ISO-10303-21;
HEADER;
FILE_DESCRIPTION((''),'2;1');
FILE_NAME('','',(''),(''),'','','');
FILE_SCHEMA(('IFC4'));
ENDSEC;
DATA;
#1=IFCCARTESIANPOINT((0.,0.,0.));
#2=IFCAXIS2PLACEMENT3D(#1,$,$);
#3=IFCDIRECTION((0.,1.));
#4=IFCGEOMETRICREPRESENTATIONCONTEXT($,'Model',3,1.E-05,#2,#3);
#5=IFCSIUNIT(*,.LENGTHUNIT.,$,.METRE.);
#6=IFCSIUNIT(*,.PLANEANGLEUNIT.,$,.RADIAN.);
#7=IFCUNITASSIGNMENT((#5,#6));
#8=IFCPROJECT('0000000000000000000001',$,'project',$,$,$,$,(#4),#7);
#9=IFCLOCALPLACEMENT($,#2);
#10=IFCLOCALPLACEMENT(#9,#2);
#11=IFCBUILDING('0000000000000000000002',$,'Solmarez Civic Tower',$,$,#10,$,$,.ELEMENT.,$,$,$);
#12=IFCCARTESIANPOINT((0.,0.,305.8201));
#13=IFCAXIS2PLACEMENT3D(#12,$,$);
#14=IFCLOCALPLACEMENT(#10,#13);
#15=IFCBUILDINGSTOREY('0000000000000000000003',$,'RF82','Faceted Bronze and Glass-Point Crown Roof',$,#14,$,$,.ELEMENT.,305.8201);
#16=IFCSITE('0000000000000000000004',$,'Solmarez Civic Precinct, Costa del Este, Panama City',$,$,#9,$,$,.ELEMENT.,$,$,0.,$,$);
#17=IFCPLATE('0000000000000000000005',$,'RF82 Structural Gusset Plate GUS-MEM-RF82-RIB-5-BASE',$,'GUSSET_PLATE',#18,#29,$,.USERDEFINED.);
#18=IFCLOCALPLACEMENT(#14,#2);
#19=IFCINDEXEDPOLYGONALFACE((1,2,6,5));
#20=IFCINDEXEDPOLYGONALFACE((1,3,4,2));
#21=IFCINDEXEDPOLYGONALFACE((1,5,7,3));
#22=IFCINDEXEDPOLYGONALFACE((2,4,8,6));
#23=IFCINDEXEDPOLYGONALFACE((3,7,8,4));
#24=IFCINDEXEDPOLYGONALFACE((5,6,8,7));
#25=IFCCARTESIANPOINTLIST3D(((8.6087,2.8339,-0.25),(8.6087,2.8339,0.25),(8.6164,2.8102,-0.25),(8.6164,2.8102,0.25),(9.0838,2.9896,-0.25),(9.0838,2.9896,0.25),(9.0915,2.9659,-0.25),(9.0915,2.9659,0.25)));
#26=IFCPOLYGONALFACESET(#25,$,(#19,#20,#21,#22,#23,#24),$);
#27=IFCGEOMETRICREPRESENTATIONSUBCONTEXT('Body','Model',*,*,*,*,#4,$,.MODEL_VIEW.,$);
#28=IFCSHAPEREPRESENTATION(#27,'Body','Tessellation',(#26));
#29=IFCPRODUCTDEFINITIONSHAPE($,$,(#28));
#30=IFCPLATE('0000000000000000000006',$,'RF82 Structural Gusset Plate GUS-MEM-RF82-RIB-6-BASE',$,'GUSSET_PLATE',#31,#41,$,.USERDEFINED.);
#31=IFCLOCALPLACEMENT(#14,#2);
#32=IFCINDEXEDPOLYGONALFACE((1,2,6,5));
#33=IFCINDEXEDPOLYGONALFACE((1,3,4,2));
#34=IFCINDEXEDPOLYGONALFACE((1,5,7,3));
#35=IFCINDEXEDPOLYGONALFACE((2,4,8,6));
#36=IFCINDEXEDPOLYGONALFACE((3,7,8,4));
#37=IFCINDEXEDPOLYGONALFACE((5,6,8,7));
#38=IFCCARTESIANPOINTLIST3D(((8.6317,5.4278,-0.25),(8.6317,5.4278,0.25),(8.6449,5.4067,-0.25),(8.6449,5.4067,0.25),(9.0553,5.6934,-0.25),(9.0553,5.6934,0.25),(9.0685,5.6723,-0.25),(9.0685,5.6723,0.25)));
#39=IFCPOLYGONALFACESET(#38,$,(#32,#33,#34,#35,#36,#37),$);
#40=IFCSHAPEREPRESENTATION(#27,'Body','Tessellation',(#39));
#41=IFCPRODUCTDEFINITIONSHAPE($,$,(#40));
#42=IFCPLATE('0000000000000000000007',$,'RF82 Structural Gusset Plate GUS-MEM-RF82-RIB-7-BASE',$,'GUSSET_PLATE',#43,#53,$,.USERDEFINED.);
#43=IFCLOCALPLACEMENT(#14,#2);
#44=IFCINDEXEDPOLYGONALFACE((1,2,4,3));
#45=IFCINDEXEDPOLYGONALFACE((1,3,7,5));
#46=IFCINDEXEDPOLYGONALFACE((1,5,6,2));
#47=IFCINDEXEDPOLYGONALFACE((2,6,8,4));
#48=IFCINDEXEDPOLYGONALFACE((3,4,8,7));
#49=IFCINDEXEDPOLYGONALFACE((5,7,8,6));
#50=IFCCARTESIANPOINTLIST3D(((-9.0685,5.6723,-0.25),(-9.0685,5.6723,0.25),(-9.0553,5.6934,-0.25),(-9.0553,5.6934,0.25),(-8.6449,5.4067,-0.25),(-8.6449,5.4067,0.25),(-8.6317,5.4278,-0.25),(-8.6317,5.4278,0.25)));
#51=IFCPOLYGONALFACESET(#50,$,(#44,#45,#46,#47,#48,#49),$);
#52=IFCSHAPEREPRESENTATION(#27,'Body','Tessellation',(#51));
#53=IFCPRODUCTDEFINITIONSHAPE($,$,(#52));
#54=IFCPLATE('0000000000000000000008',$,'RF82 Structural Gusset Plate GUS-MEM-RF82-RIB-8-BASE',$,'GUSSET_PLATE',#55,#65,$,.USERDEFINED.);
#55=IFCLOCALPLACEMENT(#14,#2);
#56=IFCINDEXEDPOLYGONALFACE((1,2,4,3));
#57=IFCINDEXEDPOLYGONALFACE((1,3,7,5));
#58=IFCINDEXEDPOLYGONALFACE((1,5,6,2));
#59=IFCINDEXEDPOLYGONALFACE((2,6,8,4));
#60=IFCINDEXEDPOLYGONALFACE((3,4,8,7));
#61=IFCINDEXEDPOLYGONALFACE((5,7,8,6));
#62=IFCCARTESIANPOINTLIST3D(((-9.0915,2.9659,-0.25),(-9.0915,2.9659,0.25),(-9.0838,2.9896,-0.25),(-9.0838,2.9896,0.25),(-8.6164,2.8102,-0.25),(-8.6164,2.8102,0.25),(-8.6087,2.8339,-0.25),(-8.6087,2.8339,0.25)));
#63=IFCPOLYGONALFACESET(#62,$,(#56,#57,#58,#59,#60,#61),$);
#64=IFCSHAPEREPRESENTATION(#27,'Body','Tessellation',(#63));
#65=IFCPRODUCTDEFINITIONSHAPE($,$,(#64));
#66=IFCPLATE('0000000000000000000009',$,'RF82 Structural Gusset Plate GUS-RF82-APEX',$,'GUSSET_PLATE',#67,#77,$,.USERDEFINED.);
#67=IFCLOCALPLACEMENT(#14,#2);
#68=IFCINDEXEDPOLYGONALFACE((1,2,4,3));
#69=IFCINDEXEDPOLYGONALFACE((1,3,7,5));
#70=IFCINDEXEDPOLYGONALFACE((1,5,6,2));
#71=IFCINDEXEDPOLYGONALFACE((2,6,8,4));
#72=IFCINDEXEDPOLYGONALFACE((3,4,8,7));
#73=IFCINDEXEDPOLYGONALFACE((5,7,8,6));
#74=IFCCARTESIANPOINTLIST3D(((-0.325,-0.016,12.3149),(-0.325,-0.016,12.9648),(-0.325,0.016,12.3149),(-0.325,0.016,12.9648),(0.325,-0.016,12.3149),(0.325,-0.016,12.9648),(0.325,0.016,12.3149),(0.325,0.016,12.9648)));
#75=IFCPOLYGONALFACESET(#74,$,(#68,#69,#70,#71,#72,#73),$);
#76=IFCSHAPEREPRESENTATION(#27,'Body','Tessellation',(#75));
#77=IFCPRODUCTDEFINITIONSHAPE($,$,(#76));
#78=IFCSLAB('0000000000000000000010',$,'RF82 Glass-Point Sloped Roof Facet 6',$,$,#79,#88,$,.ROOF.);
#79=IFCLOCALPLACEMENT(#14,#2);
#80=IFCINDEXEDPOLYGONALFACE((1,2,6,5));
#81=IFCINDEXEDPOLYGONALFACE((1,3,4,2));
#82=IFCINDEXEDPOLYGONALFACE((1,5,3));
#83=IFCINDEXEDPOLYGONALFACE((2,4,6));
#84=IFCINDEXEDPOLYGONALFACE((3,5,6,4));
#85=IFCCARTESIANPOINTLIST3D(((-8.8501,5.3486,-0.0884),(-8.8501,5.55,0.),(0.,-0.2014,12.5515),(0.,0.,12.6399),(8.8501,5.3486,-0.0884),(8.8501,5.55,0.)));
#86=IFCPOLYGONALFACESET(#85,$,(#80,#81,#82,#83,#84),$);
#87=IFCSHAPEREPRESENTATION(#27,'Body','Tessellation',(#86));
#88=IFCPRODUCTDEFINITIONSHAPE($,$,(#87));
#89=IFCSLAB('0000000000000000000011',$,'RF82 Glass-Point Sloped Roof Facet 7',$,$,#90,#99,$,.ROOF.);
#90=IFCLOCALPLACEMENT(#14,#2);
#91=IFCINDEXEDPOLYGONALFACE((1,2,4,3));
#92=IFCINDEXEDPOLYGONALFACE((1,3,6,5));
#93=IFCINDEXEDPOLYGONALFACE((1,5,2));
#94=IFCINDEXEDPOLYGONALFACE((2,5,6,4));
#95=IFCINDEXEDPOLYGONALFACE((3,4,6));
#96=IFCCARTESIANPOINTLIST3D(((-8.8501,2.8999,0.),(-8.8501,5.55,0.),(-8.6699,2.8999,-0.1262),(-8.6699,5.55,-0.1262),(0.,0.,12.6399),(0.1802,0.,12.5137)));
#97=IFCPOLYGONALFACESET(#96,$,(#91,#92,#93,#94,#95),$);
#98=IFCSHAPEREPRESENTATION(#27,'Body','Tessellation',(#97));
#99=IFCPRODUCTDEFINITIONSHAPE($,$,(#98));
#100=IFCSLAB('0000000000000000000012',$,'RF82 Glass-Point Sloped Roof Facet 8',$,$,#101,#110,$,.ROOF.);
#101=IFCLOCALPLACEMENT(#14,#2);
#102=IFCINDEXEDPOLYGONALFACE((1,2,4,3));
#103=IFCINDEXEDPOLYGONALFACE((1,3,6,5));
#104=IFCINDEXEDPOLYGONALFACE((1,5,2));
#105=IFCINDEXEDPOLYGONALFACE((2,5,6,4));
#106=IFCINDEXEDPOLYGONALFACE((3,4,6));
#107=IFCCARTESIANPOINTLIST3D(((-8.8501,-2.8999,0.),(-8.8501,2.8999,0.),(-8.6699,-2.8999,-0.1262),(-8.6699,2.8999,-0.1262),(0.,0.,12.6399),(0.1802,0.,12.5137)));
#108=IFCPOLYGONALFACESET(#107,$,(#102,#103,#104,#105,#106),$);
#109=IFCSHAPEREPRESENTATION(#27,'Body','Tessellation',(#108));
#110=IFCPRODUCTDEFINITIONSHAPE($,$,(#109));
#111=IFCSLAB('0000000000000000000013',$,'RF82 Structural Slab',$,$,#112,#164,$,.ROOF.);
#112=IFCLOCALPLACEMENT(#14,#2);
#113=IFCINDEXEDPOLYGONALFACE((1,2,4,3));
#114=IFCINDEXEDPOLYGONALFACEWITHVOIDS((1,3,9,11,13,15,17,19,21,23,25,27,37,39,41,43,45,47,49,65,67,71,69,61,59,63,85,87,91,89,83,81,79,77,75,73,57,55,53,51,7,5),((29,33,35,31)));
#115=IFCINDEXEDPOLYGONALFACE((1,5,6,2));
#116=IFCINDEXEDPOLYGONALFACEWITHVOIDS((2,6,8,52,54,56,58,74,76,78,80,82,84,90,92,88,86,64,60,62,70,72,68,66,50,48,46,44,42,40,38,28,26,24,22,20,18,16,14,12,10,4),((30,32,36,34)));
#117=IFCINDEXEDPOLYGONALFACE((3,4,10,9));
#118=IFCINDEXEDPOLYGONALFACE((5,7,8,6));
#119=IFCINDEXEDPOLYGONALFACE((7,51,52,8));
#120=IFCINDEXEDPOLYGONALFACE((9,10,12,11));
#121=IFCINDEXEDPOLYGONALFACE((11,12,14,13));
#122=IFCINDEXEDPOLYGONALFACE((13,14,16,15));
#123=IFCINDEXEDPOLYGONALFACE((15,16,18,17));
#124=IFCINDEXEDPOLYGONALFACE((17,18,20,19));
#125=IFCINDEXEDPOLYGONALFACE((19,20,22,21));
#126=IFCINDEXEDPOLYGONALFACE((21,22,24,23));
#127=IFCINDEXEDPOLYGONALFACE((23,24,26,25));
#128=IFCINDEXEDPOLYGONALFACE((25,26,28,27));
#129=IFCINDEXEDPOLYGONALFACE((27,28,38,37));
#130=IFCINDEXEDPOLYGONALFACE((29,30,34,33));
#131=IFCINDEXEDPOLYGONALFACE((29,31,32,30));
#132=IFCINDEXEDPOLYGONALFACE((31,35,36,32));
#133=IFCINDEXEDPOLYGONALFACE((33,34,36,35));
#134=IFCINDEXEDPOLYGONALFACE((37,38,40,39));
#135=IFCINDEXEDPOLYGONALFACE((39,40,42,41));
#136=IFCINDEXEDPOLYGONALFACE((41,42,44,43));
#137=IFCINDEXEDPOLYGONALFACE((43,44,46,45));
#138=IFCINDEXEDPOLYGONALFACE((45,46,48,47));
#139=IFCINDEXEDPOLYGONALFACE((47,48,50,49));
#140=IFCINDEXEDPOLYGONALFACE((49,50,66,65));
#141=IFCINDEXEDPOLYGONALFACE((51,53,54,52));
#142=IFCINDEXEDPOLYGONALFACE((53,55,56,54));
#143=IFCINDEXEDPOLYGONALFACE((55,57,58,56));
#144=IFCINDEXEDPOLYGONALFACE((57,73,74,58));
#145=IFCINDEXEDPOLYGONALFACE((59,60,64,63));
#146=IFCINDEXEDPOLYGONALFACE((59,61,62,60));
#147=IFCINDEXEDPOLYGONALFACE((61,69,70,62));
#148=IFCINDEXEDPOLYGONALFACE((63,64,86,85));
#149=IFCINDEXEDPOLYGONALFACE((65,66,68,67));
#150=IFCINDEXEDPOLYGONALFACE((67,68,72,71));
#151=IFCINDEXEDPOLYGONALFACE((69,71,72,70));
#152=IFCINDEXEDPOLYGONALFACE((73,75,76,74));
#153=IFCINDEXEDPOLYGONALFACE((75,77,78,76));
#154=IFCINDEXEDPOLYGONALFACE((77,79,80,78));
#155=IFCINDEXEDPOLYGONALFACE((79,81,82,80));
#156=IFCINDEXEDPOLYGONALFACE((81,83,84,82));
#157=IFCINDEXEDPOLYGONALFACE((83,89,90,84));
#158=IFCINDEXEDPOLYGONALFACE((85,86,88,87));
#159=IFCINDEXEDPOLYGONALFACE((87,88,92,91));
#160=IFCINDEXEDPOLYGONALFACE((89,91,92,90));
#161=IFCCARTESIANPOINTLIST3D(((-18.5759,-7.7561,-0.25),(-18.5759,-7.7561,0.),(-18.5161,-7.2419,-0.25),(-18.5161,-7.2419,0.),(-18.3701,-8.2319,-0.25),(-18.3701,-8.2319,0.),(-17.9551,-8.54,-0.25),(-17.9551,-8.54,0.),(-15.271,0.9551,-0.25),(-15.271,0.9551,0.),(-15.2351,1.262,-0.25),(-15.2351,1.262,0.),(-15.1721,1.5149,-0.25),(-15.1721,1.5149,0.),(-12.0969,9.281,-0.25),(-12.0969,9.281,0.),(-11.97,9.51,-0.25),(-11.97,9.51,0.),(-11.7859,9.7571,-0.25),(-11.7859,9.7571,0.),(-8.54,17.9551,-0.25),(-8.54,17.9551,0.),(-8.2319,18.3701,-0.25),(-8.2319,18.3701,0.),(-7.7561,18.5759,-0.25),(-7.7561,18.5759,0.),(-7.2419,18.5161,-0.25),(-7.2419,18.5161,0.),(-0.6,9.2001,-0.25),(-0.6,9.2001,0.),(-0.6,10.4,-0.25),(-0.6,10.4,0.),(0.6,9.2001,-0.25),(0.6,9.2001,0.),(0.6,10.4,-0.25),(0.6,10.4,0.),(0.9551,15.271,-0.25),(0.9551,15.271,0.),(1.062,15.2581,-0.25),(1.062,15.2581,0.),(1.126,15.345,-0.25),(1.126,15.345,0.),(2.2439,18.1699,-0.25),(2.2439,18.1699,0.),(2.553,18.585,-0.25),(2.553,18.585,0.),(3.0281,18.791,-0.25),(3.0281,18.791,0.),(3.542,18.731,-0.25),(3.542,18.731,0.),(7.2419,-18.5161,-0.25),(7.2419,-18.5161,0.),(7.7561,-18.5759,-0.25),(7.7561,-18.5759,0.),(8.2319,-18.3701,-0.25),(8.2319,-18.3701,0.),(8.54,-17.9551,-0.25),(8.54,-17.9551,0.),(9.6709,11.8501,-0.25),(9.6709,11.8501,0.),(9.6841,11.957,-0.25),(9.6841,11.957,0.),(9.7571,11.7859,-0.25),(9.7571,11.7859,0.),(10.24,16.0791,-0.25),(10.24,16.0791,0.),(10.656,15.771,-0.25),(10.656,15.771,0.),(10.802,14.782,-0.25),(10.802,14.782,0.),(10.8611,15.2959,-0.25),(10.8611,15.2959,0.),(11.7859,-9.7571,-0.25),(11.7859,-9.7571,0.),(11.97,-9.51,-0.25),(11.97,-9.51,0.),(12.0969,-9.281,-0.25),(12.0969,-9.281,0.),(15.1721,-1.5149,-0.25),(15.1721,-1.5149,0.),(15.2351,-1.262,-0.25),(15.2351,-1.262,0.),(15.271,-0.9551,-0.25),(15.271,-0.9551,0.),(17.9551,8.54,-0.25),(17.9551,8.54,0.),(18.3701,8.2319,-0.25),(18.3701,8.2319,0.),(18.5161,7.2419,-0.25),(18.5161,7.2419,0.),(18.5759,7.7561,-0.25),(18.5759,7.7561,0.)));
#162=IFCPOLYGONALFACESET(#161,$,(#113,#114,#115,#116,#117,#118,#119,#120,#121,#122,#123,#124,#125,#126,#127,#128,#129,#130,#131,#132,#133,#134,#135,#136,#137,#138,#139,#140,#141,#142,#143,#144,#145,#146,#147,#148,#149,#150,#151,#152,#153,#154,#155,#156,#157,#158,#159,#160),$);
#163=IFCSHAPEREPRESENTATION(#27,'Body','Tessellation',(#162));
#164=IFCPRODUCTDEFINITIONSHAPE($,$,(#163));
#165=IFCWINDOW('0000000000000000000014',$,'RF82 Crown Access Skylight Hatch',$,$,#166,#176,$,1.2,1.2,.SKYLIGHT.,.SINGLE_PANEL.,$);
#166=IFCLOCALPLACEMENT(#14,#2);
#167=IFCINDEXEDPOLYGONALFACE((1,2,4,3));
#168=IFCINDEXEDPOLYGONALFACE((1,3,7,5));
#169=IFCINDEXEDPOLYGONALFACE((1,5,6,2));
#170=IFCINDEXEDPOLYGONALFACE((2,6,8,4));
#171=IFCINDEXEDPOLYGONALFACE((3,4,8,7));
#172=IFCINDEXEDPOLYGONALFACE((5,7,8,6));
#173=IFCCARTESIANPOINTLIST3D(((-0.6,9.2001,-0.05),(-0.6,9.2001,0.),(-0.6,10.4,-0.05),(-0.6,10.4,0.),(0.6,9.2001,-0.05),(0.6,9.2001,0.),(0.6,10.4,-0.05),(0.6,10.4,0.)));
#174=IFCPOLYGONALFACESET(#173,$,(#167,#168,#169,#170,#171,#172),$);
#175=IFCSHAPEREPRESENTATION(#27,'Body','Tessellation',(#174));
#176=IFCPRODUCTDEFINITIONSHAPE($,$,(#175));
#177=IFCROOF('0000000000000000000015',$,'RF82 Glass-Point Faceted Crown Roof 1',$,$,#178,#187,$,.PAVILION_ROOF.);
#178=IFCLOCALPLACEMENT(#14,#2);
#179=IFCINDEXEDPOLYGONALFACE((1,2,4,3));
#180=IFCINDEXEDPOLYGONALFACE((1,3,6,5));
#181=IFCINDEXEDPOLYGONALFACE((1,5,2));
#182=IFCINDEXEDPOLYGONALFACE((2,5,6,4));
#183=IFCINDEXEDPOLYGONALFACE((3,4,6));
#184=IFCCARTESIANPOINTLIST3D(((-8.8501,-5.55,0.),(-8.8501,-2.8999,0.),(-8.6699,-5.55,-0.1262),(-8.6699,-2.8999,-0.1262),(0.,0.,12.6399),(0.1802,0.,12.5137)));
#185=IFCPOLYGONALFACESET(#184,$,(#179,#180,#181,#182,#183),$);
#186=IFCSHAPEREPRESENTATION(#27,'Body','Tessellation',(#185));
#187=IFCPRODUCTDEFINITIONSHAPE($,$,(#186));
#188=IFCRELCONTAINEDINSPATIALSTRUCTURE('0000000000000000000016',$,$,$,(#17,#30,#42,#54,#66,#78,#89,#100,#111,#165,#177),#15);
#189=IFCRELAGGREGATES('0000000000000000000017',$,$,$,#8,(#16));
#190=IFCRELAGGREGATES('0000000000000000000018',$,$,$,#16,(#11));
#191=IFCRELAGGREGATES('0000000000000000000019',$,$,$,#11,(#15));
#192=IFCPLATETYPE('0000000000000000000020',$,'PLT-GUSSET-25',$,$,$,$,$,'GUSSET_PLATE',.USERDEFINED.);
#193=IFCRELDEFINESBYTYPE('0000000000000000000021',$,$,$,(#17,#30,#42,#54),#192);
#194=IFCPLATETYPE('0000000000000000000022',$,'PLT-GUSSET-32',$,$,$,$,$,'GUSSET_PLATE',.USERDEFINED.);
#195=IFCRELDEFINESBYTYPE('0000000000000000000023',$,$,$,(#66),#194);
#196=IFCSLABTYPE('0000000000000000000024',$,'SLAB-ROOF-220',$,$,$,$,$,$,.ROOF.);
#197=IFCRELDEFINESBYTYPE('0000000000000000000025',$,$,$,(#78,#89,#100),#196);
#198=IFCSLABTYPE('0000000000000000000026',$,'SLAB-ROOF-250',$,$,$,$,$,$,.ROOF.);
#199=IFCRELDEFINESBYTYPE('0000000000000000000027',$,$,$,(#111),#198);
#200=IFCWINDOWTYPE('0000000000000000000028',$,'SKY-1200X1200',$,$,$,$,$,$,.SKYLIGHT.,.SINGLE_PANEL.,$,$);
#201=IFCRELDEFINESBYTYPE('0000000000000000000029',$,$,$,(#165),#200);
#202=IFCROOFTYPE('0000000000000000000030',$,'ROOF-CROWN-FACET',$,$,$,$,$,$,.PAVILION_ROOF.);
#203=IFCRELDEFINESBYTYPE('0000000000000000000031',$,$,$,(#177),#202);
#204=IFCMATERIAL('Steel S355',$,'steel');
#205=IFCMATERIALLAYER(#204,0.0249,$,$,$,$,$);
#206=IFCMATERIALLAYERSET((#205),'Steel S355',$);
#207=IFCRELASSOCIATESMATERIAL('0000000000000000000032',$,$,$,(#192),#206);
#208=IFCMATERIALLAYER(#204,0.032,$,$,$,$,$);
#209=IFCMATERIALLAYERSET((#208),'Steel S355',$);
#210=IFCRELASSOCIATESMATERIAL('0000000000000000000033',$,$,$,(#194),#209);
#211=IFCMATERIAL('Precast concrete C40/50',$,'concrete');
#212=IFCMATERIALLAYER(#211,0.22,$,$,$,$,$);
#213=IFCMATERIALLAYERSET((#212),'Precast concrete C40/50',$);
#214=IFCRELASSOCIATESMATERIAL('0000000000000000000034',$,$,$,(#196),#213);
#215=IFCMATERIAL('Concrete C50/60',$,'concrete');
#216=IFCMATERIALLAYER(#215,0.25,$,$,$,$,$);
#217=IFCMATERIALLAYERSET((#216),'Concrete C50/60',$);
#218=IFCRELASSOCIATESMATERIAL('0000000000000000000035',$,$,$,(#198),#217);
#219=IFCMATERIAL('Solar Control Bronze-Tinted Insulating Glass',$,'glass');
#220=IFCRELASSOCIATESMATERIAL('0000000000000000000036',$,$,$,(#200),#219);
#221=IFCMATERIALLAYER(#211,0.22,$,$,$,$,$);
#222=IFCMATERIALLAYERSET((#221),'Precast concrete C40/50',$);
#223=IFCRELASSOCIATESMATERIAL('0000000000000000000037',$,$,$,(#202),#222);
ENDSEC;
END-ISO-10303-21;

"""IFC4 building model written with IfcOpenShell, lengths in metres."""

from ifc_helpers import new_model, si_unit, direction, frame, origin, origin_2d, place, context, subcontext, project, spatial, polyline, rectangle, outline, extrude, material, layer, layer_set, type_object, element, fill, save


model = new_model("IFC4")

# Units and contexts
model_context = context("Model", 3, precision=1e-05, world=origin(), true_north=direction((0.0, 1.0)))
body_context = subcontext(model_context, "Body", "Model", "MODEL_VIEW")
ifc_project = project(units=[si_unit("LENGTHUNIT", "METRE"), si_unit("PLANEANGLEUNIT", "RADIAN")], contexts=[model_context])

# Site, building, storey
site_placement = place(None, origin())
site = spatial("IfcSite", under=ifc_project, at=site_placement, Name="Solmarez Civic Precinct, Costa del Este, Panama City", CompositionType="ELEMENT", RefElevation=0.0)
building_placement = place(site_placement, origin())
building = spatial("IfcBuilding", under=site, at=building_placement, Name="Solmarez Civic Tower", CompositionType="ELEMENT")
storey_placement = place(building_placement, frame((0.0, 0.0, 305.8201)))
storey = spatial("IfcBuildingStorey", under=building, at=storey_placement, Name="RF82", Description="Faceted Bronze and Glass-Point Crown Roof", CompositionType="ELEMENT", Elevation=305.8201)

# Shared definitions
ifc_material_1 = material(Name="Steel S355", Category="steel")

# Plates
ifc_layer_1 = layer(ifc_material_1, 0.0249)
ifc_layer_set_1 = layer_set([ifc_layer_1], Name="Steel S355")
plate_type_1 = type_object("IfcPlateType", Name="PLT-GUSSET-25", ElementType="GUSSET_PLATE", PredefinedType="USERDEFINED", material=ifc_layer_set_1)
for number, where, z_axis, x_axis, name in (
    (1, (8.8501, 2.8999, -0.25), (0.0, 0.0, 1.0), (-0.950282, -0.311392, 0.0), "RF82 Structural Gusset Plate GUS-MEM-RF82-RIB-5-BASE"),
    (2, (8.8501, 5.55, -0.25), (0.0, 0.0, 1.0), (-0.847191, -0.531289, 0.0), "RF82 Structural Gusset Plate GUS-MEM-RF82-RIB-6-BASE"),
    (3, (-8.8501, 5.55, -0.25), (0.0, 0.0, 1.0), (0.847191, -0.531289, 0.0), "RF82 Structural Gusset Plate GUS-MEM-RF82-RIB-7-BASE"),
    (4, (-8.8501, 2.8999, -0.25), (0.0, 0.0, 1.0), (0.950282, -0.311392, 0.0), "RF82 Structural Gusset Plate GUS-MEM-RF82-RIB-8-BASE"),
):
    element("IfcPlate", number, at=place(storey_placement, frame(where, z_axis=z_axis, x_axis=x_axis)), inside=storey, type_object=plate_type_1, Name=name, ObjectType="GUSSET_PLATE", PredefinedType="USERDEFINED", context=body_context, shape_type="SweptSolid", body=[
        extrude(rectangle(XDim=0.5, YDim=0.0249, at=origin_2d()), origin(), (0.0, 0.0, 1.0), 0.5),
    ])
ifc_layer_2 = layer(ifc_material_1, 0.032)
ifc_layer_set_2 = layer_set([ifc_layer_2], Name="Steel S355")
plate_type_2 = type_object("IfcPlateType", Name="PLT-GUSSET-32", ElementType="GUSSET_PLATE", PredefinedType="USERDEFINED", material=ifc_layer_set_2)
plate_1_placement = place(storey_placement, frame((0.0, 0.0, 12.3149), z_axis=(0.0, 0.0, 1.0), x_axis=(1.0, 0.0, 0.0)))
element("IfcPlate", 5, at=plate_1_placement, inside=storey, type_object=plate_type_2, Name="RF82 Structural Gusset Plate GUS-RF82-APEX", ObjectType="GUSSET_PLATE", PredefinedType="USERDEFINED", context=body_context, shape_type="SweptSolid", body=[
    extrude(rectangle(XDim=0.6499, YDim=0.032, at=origin_2d()), origin(), (0.0, 0.0, 1.0), 0.6499),
])

# Slabs
ifc_material_2 = material(Name="Precast concrete C40/50", Category="concrete")
ifc_layer_3 = layer(ifc_material_2, 0.22)
ifc_layer_set_3 = layer_set([ifc_layer_3], Name="Precast concrete C40/50")
slab_type_1 = type_object("IfcSlabType", Name="SLAB-ROOF-220", PredefinedType="ROOF", material=ifc_layer_set_3)
slab_1_placement = place(storey_placement, frame((8.8501, 5.55, 0.0), z_axis=(0.0, 0.915622, 0.40204), x_axis=(-1.0, 0.0, 0.0)))
element("IfcSlab", 6, at=slab_1_placement, inside=storey, type_object=slab_type_1, Name="RF82 Glass-Point Sloped Roof Facet 6", PredefinedType="ROOF", context=body_context, shape_type="SweptSolid", body=[
    extrude(outline(polyline([(0.0, 0.0), (17.7002, 0.0), (8.8501, 13.8047), (0.0, 0.0)])), origin(), (0.0, 0.0, -1.0), 0.22),
])
slab_2_placement = place(storey_placement, frame((-8.8501, 5.55, 0.0), z_axis=(-0.819166, 0.0, 0.573557), x_axis=(0.0, -1.0, 0.0)))
element("IfcSlab", 7, at=slab_2_placement, inside=storey, type_object=slab_type_1, Name="RF82 Glass-Point Sloped Roof Facet 7", PredefinedType="ROOF", context=body_context, shape_type="SweptSolid", body=[
    extrude(outline(polyline([(0.0, 0.0), (2.6501, 0.0), (5.55, 15.4302), (0.0, 0.0)])), origin(), (0.0, 0.0, -1.0), 0.22),
])
slab_3_placement = place(storey_placement, frame((-8.8501, 2.8999, 0.0), z_axis=(-0.819166, 0.0, 0.573557), x_axis=(0.0, -1.0, 0.0)))
element("IfcSlab", 8, at=slab_3_placement, inside=storey, type_object=slab_type_1, Name="RF82 Glass-Point Sloped Roof Facet 8", PredefinedType="ROOF", context=body_context, shape_type="SweptSolid", body=[
    extrude(outline(polyline([(0.0, 0.0), (5.7998, 0.0), (2.8999, 15.4302), (0.0, 0.0)])), origin(), (0.0, 0.0, -1.0), 0.22),
])

# Slab, opening, window
ifc_material_3 = material(Name="Concrete C50/60", Category="concrete")
ifc_layer_4 = layer(ifc_material_3, 0.25)
ifc_layer_set_4 = layer_set([ifc_layer_4], Name="Concrete C50/60")
slab_type_2 = type_object("IfcSlabType", Name="SLAB-ROOF-250", PredefinedType="ROOF", material=ifc_layer_set_4)
slab_4_placement = place(storey_placement, frame((0.0, 0.0, -0.25)))
slab_4 = element("IfcSlab", 9, at=slab_4_placement, inside=storey, type_object=slab_type_2, Name="RF82 Structural Slab", PredefinedType="ROOF", context=body_context, shape_type="SweptSolid", body=[
    extrude(outline(polyline([(15.1721, -1.5149), (15.2351, -1.262), (15.271, -0.9551), (18.5161, 7.2419), (18.5759, 7.7561), (18.3701, 8.2319), (17.9551, 8.54), (9.7571, 11.7859), (9.6709, 11.8501), (9.6841, 11.957), (10.802, 14.782), (10.8611, 15.2959), (10.656, 15.771), (10.24, 16.0791), (3.542, 18.731), (3.0281, 18.791), (2.553, 18.585), (2.2439, 18.1699), (1.126, 15.345), (1.062, 15.2581), (0.9551, 15.271), (-7.2419, 18.5161), (-7.7561, 18.5759), (-8.2319, 18.3701), (-8.54, 17.9551), (-11.7859, 9.7571), (-11.97, 9.51), (-12.0969, 9.281), (-15.1721, 1.5149), (-15.2351, 1.262), (-15.271, 0.9551), (-18.5161, -7.2419), (-18.5759, -7.7561), (-18.3701, -8.2319), (-17.9551, -8.54), (7.2419, -18.5161), (7.7561, -18.5759), (8.2319, -18.3701), (8.54, -17.9551), (11.7859, -9.7571), (11.97, -9.51), (12.0969, -9.281), (15.1721, -1.5149)])), origin(), (0.0, 0.0, 1.0), 0.25),
])
opening_placement = place(slab_4_placement, frame((0.0, 9.8, 0.0)))
opening = element("IfcOpeningElement", 10, at=opening_placement, cuts=slab_4, PredefinedType="OPENING", context=body_context, shape_type="SweptSolid", body=[
    extrude(rectangle(XDim=1.2, YDim=1.2, at=origin_2d()), frame((0.0, 0.0, -0.01)), (0.0, 0.0, 1.0), 0.27),
])
ifc_material_4 = material(Name="Solar Control Bronze-Tinted Insulating Glass", Category="glass")
window_type = type_object("IfcWindowType", Name="SKY-1200X1200", PartitioningType="SINGLE_PANEL", PredefinedType="SKYLIGHT", material=ifc_material_4)
window_placement = place(opening_placement, frame((0.0, 0.0, 0.2)))
window = element("IfcWindow", 11, at=window_placement, inside=storey, type_object=window_type, Name="RF82 Crown Access Skylight Hatch", OverallHeight=1.2, OverallWidth=1.2, PartitioningType="SINGLE_PANEL", PredefinedType="SKYLIGHT", context=body_context, shape_type="SweptSolid", body=[
    extrude(rectangle(XDim=1.2, YDim=1.2, at=origin_2d()), origin(), (0.0, 0.0, 1.0), 0.05),
])
fill(opening, window)

# Roof
ifc_layer_5 = layer(ifc_material_2, 0.22)
ifc_layer_set_5 = layer_set([ifc_layer_5], Name="Precast concrete C40/50")
roof_type = type_object("IfcRoofType", Name="ROOF-CROWN-FACET", PredefinedType="PAVILION_ROOF", material=ifc_layer_set_5)
roof_1_placement = place(storey_placement, frame((-8.8501, -2.8999, 0.0), z_axis=(-0.819166, 0.0, 0.573557), x_axis=(0.0, -1.0, 0.0)))
element("IfcRoof", 12, at=roof_1_placement, inside=storey, type_object=roof_type, Name="RF82 Glass-Point Faceted Crown Roof 1", PredefinedType="PAVILION_ROOF", context=body_context, shape_type="SweptSolid", body=[
    extrude(outline(polyline([(0.0, 0.0), (2.6501, 0.0), (-2.8999, 15.4302), (0.0, 0.0)])), origin(), (0.0, 0.0, -1.0), 0.22),
])

save(model, "model.ifc")
